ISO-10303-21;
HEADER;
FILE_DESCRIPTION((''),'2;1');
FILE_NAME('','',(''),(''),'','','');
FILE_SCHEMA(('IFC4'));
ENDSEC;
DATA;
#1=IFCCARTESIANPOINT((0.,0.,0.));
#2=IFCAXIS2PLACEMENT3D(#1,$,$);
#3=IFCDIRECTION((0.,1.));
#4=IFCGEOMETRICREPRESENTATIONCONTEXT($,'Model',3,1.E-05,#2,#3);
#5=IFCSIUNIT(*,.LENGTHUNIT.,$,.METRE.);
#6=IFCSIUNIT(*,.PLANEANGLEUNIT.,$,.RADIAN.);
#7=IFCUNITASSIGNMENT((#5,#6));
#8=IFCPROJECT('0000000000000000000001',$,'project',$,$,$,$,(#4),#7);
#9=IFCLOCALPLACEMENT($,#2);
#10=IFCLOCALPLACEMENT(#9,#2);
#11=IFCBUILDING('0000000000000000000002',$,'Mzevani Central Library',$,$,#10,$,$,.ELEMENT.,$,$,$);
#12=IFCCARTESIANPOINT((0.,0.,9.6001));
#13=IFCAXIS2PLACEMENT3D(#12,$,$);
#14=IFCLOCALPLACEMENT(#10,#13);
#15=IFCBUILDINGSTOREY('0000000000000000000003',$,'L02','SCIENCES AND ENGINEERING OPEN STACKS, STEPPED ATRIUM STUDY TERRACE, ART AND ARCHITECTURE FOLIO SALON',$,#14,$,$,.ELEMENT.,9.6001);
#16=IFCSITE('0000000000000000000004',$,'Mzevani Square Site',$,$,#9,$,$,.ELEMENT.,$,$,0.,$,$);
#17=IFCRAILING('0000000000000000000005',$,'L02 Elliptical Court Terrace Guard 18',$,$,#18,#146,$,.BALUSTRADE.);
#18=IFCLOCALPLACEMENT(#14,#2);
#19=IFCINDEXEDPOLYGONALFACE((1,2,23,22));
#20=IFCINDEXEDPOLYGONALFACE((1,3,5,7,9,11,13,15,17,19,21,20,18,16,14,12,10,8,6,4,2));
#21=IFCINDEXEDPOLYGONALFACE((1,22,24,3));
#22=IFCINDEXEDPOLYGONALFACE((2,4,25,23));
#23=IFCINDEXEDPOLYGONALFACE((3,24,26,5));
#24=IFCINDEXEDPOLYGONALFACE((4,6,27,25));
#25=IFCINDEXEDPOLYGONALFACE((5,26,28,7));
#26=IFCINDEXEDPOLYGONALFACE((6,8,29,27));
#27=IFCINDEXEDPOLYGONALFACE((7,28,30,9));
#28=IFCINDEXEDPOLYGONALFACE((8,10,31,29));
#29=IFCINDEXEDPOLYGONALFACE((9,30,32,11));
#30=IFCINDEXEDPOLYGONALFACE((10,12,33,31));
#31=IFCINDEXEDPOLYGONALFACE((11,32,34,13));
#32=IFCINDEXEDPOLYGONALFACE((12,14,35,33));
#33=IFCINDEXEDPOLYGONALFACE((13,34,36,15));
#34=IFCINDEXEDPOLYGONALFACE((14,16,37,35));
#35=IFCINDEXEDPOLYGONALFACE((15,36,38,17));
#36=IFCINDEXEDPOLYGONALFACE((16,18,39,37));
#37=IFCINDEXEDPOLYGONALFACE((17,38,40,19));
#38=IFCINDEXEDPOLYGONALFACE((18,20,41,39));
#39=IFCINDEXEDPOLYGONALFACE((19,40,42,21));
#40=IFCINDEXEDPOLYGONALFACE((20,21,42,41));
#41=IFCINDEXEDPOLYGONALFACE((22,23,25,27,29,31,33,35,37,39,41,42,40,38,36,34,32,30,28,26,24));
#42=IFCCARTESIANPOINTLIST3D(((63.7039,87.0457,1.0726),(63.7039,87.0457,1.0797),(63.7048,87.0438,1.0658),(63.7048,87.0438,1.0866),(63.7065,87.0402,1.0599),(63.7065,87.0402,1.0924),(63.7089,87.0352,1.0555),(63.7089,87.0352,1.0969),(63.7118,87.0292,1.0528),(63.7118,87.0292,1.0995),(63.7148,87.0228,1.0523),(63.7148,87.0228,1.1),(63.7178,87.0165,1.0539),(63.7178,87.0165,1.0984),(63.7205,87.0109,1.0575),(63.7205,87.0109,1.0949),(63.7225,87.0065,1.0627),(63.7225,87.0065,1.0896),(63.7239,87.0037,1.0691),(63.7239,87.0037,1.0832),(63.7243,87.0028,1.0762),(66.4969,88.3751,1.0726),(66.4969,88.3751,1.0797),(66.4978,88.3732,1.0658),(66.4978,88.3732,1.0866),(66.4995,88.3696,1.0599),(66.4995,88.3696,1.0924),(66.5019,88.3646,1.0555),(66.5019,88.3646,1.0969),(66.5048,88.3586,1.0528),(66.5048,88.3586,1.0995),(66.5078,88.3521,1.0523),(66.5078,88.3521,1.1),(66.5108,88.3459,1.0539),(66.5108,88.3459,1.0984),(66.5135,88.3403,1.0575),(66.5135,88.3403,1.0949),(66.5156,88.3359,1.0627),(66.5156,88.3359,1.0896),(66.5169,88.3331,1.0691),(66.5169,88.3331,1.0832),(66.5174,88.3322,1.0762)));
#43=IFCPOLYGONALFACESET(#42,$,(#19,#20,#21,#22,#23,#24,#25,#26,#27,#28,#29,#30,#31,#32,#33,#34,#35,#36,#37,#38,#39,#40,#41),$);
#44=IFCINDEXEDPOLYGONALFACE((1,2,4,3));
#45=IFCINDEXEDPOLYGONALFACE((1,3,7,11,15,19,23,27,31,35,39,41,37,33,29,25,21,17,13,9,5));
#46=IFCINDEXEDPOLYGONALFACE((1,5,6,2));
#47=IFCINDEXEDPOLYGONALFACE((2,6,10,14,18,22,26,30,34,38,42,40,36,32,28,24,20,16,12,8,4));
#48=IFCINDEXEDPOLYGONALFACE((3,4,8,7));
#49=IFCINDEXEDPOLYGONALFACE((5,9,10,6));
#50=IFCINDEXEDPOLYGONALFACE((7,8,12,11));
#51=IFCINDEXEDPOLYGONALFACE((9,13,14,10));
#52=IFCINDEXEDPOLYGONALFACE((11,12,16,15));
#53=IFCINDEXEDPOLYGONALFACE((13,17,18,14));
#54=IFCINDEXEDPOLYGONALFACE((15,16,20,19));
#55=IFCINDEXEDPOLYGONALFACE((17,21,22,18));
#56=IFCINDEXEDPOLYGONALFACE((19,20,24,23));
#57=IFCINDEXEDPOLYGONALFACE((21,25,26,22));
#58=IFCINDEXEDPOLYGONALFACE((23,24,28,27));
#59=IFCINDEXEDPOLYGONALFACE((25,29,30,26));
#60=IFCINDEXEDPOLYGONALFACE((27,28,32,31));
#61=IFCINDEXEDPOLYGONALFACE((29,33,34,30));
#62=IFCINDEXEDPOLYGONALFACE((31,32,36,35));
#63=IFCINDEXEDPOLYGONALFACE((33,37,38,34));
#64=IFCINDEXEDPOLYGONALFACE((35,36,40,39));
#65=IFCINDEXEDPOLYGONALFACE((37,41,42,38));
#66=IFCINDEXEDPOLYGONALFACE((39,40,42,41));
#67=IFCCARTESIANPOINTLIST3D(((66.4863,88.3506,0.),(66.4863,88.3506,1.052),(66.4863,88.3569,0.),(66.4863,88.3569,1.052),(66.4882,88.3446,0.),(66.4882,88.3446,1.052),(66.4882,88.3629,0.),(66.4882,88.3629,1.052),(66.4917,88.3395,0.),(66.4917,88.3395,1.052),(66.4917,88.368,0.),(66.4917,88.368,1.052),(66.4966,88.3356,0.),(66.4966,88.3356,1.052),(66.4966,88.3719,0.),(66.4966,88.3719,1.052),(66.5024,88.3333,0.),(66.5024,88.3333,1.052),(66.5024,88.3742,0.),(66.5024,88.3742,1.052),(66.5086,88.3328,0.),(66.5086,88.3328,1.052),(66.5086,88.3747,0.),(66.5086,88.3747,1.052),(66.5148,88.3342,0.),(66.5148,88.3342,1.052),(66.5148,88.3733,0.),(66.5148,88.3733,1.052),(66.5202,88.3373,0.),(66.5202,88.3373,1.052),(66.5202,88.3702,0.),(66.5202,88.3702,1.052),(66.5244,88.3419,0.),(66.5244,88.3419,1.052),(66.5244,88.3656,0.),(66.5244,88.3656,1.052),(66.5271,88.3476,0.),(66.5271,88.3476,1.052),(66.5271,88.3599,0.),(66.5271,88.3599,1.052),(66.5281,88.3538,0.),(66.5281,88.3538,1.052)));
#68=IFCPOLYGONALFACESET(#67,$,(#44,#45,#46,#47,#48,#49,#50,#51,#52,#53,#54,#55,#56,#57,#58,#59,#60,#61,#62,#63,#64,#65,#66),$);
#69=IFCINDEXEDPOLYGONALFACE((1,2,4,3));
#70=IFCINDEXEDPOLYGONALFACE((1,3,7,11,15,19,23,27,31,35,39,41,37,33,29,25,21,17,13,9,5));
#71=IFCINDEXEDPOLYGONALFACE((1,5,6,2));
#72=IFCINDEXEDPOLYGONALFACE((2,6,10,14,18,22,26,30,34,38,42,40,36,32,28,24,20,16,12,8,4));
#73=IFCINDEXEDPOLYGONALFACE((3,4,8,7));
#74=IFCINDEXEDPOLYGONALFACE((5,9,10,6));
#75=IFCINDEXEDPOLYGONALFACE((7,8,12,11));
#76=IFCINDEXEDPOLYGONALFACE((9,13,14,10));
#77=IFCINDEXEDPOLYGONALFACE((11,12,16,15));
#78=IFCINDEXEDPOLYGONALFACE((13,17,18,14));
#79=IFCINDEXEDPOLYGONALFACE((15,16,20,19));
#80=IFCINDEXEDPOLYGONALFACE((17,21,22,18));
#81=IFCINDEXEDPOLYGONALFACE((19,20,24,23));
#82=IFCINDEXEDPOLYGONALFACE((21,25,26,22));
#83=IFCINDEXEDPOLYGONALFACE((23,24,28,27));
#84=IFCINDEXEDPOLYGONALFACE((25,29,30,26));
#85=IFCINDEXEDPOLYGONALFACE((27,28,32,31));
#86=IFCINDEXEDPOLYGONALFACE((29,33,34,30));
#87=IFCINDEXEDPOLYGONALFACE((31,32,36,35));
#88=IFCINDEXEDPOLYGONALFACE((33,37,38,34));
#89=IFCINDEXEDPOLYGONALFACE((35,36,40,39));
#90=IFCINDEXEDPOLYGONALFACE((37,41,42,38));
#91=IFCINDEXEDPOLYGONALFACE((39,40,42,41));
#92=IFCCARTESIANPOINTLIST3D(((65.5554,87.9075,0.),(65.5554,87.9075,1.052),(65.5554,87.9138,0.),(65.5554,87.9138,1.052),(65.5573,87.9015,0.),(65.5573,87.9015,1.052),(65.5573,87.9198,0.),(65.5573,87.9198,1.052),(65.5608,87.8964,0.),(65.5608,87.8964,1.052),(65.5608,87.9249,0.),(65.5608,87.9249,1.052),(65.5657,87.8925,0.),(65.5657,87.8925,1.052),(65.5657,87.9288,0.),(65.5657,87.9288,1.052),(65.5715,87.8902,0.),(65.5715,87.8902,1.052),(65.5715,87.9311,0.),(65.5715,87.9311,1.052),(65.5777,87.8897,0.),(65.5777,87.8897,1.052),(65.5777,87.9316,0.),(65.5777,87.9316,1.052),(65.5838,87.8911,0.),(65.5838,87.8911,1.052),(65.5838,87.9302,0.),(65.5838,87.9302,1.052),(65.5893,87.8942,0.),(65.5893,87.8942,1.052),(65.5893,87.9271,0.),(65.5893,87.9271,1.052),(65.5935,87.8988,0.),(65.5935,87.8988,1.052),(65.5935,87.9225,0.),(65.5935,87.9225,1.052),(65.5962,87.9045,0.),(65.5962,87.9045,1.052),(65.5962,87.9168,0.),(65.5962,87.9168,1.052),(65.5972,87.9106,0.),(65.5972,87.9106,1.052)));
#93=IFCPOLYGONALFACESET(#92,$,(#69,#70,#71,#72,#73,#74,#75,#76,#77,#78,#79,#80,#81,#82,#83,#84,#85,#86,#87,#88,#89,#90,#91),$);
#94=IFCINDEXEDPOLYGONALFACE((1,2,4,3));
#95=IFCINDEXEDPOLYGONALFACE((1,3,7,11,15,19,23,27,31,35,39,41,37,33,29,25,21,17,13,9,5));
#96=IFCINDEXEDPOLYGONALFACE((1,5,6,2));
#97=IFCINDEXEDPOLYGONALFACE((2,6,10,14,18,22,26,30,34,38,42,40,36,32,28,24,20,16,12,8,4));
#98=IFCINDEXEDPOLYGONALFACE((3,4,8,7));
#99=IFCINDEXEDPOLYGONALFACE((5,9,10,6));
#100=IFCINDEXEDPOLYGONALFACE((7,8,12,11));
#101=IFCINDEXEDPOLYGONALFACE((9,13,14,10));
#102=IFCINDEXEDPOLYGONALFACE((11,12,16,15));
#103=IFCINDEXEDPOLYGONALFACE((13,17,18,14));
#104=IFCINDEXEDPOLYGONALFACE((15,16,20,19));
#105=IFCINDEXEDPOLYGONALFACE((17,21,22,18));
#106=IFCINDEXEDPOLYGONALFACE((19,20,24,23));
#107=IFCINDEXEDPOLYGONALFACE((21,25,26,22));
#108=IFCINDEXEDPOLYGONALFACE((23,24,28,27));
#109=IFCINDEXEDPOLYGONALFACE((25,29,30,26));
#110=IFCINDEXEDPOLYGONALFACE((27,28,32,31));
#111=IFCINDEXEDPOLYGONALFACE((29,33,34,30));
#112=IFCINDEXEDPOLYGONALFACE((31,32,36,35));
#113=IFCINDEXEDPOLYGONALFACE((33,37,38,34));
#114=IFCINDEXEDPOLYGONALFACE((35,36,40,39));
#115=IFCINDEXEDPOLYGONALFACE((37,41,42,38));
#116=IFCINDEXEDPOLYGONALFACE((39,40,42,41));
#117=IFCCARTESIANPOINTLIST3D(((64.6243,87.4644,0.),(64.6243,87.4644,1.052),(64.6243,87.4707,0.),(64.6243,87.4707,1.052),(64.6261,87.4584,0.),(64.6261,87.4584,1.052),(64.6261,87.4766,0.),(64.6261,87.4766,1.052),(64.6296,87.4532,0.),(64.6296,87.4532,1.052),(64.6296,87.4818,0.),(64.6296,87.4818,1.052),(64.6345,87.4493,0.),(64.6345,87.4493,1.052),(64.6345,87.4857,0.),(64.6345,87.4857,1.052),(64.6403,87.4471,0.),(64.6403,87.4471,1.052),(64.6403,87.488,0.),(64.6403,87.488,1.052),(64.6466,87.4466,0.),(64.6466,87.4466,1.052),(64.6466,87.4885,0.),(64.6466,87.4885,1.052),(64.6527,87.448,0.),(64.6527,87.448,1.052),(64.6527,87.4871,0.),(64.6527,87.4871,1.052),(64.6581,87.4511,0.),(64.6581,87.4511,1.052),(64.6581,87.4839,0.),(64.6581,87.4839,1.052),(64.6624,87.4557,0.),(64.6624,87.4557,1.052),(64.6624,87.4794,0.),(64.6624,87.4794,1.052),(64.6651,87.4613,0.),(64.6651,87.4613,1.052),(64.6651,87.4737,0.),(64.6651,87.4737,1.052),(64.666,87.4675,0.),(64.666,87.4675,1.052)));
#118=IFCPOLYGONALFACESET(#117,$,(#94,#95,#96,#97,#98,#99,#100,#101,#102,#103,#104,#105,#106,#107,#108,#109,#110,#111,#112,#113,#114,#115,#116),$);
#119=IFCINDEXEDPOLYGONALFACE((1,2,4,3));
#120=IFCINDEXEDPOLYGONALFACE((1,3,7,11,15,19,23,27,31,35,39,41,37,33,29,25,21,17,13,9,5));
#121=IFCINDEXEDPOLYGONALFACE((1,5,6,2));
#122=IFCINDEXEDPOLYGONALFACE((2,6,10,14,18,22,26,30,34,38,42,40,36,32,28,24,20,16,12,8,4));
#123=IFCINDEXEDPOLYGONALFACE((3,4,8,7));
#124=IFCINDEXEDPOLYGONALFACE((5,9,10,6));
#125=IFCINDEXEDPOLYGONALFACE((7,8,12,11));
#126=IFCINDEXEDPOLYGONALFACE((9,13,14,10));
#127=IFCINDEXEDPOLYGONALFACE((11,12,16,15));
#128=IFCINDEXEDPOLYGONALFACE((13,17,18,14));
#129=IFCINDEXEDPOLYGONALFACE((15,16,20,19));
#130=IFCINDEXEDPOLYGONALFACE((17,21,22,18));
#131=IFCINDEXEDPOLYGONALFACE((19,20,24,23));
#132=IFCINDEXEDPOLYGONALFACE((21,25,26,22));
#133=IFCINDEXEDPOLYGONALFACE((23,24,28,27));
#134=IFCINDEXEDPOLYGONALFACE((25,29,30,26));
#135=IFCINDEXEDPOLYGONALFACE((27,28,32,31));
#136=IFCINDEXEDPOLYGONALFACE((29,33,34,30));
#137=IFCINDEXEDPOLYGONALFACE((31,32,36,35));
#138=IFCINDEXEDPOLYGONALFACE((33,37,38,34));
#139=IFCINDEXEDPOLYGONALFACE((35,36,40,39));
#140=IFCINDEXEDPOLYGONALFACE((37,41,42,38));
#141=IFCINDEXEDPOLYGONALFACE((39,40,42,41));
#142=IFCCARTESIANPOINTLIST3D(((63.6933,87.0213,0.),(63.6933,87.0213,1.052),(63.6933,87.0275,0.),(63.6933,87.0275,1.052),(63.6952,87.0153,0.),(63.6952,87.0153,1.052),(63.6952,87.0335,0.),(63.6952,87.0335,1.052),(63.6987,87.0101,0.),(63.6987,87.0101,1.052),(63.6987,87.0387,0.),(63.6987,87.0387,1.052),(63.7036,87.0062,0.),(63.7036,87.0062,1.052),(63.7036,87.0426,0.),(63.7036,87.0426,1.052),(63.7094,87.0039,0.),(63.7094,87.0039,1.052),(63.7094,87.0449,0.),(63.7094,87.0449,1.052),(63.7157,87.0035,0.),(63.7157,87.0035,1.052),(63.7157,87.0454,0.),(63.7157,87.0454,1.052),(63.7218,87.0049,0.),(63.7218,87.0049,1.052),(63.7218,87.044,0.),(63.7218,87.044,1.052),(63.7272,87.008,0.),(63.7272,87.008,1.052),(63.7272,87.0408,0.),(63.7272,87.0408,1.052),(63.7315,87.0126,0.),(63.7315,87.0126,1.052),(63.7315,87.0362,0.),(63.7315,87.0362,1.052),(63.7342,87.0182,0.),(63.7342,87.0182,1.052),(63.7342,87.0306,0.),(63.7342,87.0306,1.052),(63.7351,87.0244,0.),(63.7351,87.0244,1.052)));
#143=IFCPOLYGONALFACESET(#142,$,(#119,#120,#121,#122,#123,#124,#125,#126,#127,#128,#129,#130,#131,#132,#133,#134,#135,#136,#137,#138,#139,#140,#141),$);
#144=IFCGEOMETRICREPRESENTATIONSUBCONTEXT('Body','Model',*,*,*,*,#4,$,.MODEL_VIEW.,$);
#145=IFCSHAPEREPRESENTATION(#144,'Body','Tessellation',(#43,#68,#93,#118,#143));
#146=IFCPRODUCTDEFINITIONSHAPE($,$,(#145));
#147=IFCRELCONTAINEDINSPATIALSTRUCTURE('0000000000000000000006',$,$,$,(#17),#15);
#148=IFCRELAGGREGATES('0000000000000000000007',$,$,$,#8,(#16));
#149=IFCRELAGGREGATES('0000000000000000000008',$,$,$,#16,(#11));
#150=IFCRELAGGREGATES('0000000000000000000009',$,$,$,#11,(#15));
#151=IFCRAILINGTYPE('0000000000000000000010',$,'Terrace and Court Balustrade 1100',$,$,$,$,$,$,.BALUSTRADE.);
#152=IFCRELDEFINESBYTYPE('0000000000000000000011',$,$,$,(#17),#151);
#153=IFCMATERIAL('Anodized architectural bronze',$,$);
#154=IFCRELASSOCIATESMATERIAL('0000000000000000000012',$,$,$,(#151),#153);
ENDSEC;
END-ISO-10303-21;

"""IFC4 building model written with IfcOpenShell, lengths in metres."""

from ifc_helpers import new_model, si_unit, direction, frame, origin, origin_2d, place, context, subcontext, project, spatial, circle, extrude, material, type_object, element, save


model = new_model("IFC4")

# Units and contexts
model_context = context("Model", 3, precision=1e-05, world=origin(), true_north=direction((0.0, 1.0)))
body_context = subcontext(model_context, "Body", "Model", "MODEL_VIEW")
ifc_project = project(units=[si_unit("LENGTHUNIT", "METRE"), si_unit("PLANEANGLEUNIT", "RADIAN")], contexts=[model_context])

# Site, building, storey
site_placement = place(None, origin())
site = spatial("IfcSite", under=ifc_project, at=site_placement, Name="Mzevani Square Site", CompositionType="ELEMENT", RefElevation=0.0)
building_placement = place(site_placement, origin())
building = spatial("IfcBuilding", under=site, at=building_placement, Name="Mzevani Central Library", CompositionType="ELEMENT")
storey_placement = place(building_placement, frame((0.0, 0.0, 9.6001)))
storey = spatial("IfcBuildingStorey", under=building, at=storey_placement, Name="L02", Description="SCIENCES AND ENGINEERING OPEN STACKS, STEPPED ATRIUM STUDY TERRACE, ART AND ARCHITECTURE FOLIO SALON", CompositionType="ELEMENT", Elevation=9.6001)

# Railing
ifc_material_1 = material(Name="Anodized architectural bronze")
railing_type = type_object("IfcRailingType", Name="Terrace and Court Balustrade 1100", PredefinedType="BALUSTRADE", material=ifc_material_1)
railing_1_placement = place(storey_placement, frame((66.5071, 88.3538, 0.0)))
element("IfcRailing", 1, at=railing_1_placement, inside=storey, type_object=railing_type, Name="L02 Elliptical Court Terrace Guard 18", PredefinedType="BALUSTRADE", context=body_context, shape_type="SweptSolid", body=[
    extrude(circle(Radius=0.0239, at=origin_2d()), frame((0.0, 0.0, 1.0762), z_axis=(-0.902941, -0.429765, 0.0), x_axis=(0.429765, -0.902941, 0.0)), (0.0, 0.0, 1.0), 3.0933),
    extrude(circle(Radius=0.021, at=origin_2d()), origin(), (0.0, 0.0, 1.0), 1.052),
    extrude(circle(Radius=0.021, at=origin_2d()), frame((-0.9309, -0.4431, 0.0)), (0.0, 0.0, 1.0), 1.052),
    extrude(circle(Radius=0.021, at=origin_2d()), frame((-1.8621, -0.8862, 0.0)), (0.0, 0.0, 1.0), 1.052),
    extrude(circle(Radius=0.021, at=origin_2d()), frame((-2.793, -1.3293, 0.0)), (0.0, 0.0, 1.0), 1.052),
])

save(model, "model.ifc")
